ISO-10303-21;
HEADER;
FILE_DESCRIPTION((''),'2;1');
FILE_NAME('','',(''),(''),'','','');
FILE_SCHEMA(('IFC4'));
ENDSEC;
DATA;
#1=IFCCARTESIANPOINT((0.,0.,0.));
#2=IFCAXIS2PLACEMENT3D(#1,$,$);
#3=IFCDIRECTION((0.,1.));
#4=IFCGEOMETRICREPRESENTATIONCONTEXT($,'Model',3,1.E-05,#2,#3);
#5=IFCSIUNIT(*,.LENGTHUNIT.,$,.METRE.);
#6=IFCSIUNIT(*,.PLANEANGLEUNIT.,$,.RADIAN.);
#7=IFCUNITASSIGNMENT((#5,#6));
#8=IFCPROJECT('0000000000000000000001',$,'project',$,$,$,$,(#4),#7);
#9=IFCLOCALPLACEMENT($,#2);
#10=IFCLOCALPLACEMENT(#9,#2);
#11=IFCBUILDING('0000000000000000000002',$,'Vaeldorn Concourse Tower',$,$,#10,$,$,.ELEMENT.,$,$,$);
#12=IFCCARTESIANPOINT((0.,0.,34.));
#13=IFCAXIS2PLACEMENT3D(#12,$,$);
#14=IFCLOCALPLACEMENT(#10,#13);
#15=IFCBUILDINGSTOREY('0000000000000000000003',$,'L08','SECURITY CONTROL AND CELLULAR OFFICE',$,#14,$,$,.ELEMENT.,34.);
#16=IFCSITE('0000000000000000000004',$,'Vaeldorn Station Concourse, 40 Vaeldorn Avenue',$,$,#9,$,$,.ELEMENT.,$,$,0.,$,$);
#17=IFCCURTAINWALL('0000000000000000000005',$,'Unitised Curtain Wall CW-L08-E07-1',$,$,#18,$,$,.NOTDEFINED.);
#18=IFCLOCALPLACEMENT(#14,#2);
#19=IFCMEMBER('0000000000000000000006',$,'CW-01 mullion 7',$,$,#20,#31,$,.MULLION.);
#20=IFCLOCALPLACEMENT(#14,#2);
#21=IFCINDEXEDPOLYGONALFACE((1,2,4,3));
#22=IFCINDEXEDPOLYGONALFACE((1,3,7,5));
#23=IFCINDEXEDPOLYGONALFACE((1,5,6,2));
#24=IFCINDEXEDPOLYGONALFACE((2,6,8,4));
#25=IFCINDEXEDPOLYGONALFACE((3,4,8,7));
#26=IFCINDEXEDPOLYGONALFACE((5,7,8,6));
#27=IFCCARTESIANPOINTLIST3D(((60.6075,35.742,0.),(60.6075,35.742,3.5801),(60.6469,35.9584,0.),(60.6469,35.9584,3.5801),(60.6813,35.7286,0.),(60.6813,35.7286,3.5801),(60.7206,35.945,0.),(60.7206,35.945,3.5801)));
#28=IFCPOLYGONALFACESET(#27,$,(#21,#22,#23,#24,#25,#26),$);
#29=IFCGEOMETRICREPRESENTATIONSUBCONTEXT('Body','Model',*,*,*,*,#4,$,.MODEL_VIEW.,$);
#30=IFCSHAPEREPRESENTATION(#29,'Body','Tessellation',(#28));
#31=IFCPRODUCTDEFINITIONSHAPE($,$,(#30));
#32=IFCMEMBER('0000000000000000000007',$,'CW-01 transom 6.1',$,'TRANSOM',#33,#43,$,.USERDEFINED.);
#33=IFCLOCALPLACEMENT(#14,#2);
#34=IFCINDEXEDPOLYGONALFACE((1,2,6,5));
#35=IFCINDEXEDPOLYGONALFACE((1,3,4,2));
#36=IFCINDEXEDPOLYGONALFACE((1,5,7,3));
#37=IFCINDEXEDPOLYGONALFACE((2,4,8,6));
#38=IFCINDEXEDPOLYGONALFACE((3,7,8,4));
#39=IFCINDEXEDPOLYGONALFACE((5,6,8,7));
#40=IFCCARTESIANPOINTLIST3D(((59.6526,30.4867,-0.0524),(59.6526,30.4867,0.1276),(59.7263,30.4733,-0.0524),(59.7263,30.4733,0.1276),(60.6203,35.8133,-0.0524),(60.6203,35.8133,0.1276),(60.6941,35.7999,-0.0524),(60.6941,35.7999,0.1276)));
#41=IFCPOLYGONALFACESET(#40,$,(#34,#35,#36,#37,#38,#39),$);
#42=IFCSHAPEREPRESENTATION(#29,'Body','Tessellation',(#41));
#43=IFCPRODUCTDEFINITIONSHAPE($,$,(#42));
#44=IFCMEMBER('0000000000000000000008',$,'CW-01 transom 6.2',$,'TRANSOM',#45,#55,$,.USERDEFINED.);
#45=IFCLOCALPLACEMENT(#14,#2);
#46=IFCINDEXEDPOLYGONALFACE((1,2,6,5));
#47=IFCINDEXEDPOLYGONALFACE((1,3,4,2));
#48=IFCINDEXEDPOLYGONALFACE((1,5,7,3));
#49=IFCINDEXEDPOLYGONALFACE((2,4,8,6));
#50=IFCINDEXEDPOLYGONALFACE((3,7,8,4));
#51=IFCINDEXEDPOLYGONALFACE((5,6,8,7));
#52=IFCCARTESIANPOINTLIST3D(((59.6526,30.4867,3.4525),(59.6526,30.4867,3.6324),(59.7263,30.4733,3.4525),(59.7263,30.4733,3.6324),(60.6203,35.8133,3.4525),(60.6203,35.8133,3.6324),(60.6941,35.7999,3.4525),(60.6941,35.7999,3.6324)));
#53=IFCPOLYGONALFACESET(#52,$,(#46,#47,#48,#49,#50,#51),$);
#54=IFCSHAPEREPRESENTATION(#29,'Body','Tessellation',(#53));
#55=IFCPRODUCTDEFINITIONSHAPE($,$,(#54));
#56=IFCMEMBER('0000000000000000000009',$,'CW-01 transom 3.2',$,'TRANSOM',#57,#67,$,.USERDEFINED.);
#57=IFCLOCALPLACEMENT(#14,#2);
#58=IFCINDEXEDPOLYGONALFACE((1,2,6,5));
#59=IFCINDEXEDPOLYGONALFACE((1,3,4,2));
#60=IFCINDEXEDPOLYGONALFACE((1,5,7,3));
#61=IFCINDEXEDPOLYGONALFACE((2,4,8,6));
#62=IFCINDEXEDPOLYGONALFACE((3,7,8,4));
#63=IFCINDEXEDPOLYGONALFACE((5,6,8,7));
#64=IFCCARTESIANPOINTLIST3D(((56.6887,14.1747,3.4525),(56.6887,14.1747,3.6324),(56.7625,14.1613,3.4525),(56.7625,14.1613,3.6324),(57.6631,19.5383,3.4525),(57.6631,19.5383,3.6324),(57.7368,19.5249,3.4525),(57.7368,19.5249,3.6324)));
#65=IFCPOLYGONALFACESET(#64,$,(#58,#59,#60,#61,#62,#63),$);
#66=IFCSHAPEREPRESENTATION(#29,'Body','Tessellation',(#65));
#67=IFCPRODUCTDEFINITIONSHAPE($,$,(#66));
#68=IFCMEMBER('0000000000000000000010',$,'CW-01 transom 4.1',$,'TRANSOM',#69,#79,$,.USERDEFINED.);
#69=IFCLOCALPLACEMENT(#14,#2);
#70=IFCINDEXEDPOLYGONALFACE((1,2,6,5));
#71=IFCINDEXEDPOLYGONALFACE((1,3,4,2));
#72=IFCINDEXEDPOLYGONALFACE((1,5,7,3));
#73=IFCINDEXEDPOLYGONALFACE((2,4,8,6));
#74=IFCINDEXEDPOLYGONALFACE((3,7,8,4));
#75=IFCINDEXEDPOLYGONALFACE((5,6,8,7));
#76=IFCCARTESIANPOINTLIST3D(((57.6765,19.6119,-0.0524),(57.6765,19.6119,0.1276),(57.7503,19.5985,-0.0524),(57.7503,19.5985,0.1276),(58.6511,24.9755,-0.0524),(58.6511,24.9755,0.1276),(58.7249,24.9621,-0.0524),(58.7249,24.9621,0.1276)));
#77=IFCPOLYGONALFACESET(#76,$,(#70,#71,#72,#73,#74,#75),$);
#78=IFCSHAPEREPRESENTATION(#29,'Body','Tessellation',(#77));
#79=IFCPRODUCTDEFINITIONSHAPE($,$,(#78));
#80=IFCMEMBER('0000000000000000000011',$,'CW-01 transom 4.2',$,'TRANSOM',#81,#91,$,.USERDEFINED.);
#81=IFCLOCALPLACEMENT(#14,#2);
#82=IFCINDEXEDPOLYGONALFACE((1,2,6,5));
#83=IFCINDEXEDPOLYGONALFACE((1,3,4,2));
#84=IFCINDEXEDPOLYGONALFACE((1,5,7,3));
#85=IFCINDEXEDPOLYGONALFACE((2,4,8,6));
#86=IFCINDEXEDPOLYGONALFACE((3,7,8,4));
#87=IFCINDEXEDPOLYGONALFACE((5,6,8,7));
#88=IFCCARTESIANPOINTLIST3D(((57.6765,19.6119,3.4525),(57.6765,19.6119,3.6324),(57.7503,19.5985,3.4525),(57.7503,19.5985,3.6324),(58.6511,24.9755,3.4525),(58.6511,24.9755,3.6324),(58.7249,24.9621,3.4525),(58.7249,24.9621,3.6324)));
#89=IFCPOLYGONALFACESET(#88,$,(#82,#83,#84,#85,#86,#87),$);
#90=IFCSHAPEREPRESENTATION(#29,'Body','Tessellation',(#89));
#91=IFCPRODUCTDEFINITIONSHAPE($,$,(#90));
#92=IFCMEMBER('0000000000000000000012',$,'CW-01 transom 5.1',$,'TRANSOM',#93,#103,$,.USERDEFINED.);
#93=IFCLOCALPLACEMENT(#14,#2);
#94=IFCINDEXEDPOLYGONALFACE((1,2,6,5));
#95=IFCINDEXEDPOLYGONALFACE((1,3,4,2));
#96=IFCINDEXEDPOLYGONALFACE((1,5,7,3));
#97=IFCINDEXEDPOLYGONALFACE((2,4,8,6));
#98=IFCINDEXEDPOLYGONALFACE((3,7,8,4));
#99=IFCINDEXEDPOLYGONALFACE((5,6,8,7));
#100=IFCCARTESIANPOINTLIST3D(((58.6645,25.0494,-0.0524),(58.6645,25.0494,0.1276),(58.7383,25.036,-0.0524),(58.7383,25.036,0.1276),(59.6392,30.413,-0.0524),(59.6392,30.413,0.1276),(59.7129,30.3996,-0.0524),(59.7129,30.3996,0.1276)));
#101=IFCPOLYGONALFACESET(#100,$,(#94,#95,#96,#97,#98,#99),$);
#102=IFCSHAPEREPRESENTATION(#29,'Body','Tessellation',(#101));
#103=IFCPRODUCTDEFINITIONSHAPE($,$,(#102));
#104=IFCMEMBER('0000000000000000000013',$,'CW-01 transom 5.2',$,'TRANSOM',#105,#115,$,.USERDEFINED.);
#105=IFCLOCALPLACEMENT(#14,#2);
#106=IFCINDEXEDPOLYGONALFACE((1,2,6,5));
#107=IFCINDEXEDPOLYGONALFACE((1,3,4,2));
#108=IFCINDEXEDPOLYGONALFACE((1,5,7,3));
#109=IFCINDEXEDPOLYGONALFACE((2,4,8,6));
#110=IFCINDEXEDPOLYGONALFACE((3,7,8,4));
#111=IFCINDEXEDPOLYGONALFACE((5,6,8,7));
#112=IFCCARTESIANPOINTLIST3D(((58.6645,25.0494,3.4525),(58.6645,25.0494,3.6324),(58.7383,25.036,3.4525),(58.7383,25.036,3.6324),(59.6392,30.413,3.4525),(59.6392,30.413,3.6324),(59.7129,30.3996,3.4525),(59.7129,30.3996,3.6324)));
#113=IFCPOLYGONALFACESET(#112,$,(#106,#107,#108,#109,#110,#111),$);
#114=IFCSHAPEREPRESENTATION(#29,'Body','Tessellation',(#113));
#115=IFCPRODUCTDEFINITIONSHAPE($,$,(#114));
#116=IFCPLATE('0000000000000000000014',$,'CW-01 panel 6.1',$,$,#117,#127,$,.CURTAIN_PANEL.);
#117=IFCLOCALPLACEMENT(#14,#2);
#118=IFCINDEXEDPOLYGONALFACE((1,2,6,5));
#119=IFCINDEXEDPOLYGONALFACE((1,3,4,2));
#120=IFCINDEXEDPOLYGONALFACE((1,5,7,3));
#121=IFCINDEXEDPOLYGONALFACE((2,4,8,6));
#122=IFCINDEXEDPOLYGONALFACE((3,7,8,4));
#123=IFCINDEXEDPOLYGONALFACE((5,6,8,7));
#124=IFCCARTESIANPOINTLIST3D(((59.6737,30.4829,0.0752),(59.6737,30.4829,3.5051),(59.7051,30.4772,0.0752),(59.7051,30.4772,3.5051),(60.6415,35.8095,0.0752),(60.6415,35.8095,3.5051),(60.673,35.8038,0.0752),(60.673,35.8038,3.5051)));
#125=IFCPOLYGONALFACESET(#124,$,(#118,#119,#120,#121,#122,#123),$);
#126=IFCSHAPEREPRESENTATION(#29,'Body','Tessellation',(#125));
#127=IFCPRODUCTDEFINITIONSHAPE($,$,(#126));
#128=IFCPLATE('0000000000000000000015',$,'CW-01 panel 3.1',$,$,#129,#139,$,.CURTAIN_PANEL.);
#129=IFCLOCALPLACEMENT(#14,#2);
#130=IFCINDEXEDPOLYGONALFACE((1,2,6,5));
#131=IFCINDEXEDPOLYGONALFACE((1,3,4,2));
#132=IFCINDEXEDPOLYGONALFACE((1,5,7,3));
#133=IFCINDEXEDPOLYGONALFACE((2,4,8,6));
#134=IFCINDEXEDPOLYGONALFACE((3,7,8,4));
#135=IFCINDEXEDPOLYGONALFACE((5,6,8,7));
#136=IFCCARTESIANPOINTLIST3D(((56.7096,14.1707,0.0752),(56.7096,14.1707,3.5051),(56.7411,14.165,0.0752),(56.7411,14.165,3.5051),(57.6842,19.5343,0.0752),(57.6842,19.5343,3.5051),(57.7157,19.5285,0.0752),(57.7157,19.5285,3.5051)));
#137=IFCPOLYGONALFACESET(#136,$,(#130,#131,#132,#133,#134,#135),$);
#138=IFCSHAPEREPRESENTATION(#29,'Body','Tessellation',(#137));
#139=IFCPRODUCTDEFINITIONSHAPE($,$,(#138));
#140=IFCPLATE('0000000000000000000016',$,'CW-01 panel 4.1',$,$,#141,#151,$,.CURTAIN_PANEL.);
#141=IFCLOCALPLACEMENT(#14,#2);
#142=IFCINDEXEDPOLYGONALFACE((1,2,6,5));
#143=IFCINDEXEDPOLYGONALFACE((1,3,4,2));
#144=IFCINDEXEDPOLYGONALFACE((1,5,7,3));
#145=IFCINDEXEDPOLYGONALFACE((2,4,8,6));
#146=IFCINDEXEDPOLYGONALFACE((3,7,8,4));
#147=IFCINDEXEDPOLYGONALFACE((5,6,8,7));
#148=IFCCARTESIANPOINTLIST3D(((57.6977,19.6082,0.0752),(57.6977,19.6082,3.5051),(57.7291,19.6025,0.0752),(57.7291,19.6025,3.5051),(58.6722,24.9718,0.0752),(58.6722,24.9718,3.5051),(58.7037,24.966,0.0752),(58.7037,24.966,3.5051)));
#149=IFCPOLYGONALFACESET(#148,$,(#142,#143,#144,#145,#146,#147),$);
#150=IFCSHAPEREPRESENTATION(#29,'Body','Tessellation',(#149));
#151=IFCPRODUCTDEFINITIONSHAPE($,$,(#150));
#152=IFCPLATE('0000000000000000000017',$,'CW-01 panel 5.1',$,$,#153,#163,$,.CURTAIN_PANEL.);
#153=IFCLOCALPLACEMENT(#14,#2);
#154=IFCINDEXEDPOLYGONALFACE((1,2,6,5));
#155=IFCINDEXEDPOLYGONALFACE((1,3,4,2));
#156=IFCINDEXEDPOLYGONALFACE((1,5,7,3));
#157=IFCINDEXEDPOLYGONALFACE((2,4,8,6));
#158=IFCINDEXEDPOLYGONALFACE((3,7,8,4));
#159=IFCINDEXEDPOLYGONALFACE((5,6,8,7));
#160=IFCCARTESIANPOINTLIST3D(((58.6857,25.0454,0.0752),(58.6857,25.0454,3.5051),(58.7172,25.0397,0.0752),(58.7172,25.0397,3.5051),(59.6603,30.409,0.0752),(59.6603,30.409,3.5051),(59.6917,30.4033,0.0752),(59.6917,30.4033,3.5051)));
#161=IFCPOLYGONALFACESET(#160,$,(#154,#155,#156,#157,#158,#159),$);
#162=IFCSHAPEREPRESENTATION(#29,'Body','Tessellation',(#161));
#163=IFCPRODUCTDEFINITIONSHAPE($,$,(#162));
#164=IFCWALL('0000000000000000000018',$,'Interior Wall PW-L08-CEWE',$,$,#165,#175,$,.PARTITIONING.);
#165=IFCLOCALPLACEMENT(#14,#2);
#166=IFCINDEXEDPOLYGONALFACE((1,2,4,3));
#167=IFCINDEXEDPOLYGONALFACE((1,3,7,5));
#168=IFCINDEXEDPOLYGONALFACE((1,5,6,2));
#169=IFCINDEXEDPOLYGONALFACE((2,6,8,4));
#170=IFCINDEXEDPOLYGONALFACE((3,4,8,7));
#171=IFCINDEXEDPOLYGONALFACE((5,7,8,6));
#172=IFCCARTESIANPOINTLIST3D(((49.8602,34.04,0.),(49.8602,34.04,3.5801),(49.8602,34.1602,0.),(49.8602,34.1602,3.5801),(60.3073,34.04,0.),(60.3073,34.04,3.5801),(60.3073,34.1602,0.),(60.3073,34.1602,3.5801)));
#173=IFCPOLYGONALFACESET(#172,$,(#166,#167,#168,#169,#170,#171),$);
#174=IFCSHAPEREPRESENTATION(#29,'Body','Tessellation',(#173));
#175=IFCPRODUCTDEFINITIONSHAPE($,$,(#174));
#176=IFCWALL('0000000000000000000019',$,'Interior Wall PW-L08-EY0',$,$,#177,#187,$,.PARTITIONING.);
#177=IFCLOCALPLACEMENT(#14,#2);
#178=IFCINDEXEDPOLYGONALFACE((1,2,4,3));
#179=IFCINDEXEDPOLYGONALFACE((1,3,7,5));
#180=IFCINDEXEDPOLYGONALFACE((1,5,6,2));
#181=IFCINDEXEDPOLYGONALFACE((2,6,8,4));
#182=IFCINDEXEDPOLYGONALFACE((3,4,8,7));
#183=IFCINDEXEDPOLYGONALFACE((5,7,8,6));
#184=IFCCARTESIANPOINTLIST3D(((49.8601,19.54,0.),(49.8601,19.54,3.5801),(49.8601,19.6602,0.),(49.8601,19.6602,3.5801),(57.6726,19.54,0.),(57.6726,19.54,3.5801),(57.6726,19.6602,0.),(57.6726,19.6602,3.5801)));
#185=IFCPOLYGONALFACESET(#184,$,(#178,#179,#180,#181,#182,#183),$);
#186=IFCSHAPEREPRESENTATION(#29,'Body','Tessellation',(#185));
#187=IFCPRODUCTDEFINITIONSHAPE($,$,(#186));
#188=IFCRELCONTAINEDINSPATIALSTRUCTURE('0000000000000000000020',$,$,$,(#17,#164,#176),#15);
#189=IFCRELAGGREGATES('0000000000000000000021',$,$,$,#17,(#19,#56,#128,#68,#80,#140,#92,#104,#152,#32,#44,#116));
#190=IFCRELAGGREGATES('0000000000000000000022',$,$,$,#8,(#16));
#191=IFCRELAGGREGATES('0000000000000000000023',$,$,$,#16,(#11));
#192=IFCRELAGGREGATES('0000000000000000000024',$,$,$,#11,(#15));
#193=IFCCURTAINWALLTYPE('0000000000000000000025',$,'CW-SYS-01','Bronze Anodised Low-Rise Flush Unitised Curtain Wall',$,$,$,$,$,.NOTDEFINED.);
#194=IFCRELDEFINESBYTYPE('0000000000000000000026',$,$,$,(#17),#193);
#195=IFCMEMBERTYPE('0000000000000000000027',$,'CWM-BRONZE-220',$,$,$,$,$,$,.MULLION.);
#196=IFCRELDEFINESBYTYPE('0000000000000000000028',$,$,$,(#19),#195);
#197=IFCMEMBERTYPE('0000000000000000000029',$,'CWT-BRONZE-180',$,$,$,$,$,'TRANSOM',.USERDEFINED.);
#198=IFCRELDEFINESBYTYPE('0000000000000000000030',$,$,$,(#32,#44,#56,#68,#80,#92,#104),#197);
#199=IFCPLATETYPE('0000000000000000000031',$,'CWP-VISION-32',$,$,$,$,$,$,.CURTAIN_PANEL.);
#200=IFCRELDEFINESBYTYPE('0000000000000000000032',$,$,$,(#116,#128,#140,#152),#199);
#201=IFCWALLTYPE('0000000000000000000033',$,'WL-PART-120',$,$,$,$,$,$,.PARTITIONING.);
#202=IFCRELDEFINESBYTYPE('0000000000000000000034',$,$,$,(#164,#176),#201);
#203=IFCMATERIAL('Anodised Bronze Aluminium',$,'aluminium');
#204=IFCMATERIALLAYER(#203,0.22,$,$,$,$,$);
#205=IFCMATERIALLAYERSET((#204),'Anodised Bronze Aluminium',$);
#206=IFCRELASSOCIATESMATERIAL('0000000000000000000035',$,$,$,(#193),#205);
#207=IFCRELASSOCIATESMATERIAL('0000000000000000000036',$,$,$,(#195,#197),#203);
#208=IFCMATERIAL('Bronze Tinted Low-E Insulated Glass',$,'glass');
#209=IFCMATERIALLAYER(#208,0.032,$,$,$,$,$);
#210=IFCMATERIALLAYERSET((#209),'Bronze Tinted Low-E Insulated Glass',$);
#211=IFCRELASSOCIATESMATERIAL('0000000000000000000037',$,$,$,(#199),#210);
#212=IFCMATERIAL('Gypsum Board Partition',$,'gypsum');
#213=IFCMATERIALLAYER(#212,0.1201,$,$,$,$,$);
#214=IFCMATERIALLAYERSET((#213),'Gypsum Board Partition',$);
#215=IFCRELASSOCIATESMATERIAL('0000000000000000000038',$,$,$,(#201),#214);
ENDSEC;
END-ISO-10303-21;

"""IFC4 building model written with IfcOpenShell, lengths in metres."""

from ifc_helpers import new_model, si_unit, direction, frame, frame_2d, origin, origin_2d, place, context, subcontext, project, spatial, rectangle, extrude, source, transform, mapped, material, layer, layer_set, material_profile, profile_set, type_object, element, aggregate, save


model = new_model("IFC4")

# Units and contexts
model_context = context("Model", 3, precision=1e-05, world=origin(), true_north=direction((0.0, 1.0)))
body_context = subcontext(model_context, "Body", "Model", "MODEL_VIEW")
ifc_project = project(units=[si_unit("LENGTHUNIT", "METRE"), si_unit("PLANEANGLEUNIT", "RADIAN")], contexts=[model_context])

# Site, building, storey
site_placement = place(None, origin())
site = spatial("IfcSite", under=ifc_project, at=site_placement, Name="Vaeldorn Station Concourse, 40 Vaeldorn Avenue", CompositionType="ELEMENT", RefElevation=0.0)
building_placement = place(site_placement, origin())
building = spatial("IfcBuilding", under=site, at=building_placement, Name="Vaeldorn Concourse Tower", CompositionType="ELEMENT")
storey_placement = place(building_placement, frame((0.0, 0.0, 34.0)))
storey = spatial("IfcBuildingStorey", under=building, at=storey_placement, Name="L08", Description="SECURITY CONTROL AND CELLULAR OFFICE", CompositionType="ELEMENT", Elevation=34.0)

# Curtain wall, members, plates
ifc_material_1 = material(Name="Anodised Bronze Aluminium", Category="aluminium")
ifc_layer_1 = layer(ifc_material_1, 0.22)
ifc_layer_set_1 = layer_set([ifc_layer_1], Name="Anodised Bronze Aluminium")
curtain_wall_type = type_object("IfcCurtainWallType", Name="CW-SYS-01", Description="Bronze Anodised Low-Rise Flush Unitised Curtain Wall", PredefinedType="NOTDEFINED", material=ifc_layer_set_1)
curtain_wall_placement = place(storey_placement, origin())
curtain_wall = element("IfcCurtainWall", 1, at=curtain_wall_placement, inside=storey, type_object=curtain_wall_type, Name="Unitised Curtain Wall CW-L08-E07-1", PredefinedType="NOTDEFINED")
ifc_material_profile_1 = material_profile(ifc_material_1, rectangle(XDim=0.075, YDim=0.22, at=origin_2d()), Name="CWM 75x220")
ifc_profile_set_1 = profile_set([ifc_material_profile_1], Name="Anodised Bronze Aluminium")
member_type_1 = type_object("IfcMemberType", Name="CWM-BRONZE-220", PredefinedType="MULLION", material=ifc_profile_set_1)
shared_shape_1 = source(origin(), body_context, "Body", "SweptSolid", [
    extrude(rectangle(XDim=0.075, YDim=0.22, at=origin_2d()), origin(), (0.0, 0.0, 1.0), 3.5801),
])
member_1_placement = place(storey_placement, frame((60.6641, 35.8435, 0.0), z_axis=(0.0, 0.0, 1.0), x_axis=(-0.98389, 0.178775, 0.0)))
member_1 = element("IfcMember", 2, at=member_1_placement, type_object=member_type_1, Name="CW-01 mullion 7", PredefinedType="MULLION", context=body_context, shape_type="MappedRepresentation", body=[
    mapped(shared_shape_1, transform((0.0, 0.0, 0.0), scale=1.0)),
])
ifc_material_profile_2 = material_profile(ifc_material_1, rectangle(XDim=0.075, YDim=0.1799, at=origin_2d()), Name="CWT 75x180")
ifc_profile_set_2 = profile_set([ifc_material_profile_2], Name="Anodised Bronze Aluminium")
member_type_2 = type_object("IfcMemberType", Name="CWT-BRONZE-180", ElementType="TRANSOM", PredefinedType="USERDEFINED", material=ifc_profile_set_2)
shared_shape_2 = source(origin(), body_context, "Body", "SweptSolid", [
    extrude(rectangle(XDim=0.075, YDim=0.1799, at=origin_2d()), origin(), (0.0, 0.0, 1.0), 5.4138),
])
member_2_placement = place(storey_placement, frame((59.6895, 30.48, 0.0376), z_axis=(0.178758, 0.983893, 0.0), x_axis=(-0.983893, 0.178758, 0.0)))
member_2 = element("IfcMember", 3, at=member_2_placement, type_object=member_type_2, Name="CW-01 transom 6.1", ObjectType="TRANSOM", PredefinedType="USERDEFINED", context=body_context, shape_type="MappedRepresentation", body=[
    mapped(shared_shape_2, transform((0.0, 0.0, 0.0), scale=1.0)),
])
member_3_placement = place(storey_placement, frame((59.6895, 30.48, 3.5425), z_axis=(0.178758, 0.983893, 0.0), x_axis=(-0.983893, 0.178758, 0.0)))
member_3 = element("IfcMember", 4, at=member_3_placement, type_object=member_type_2, Name="CW-01 transom 6.2", ObjectType="TRANSOM", PredefinedType="USERDEFINED", context=body_context, shape_type="MappedRepresentation", body=[
    mapped(shared_shape_2, transform((0.0, 0.0, 0.0), scale=1.0)),
])
shared_shape_3 = source(origin(), body_context, "Body", "SweptSolid", [
    extrude(rectangle(XDim=0.075, YDim=0.1799, at=origin_2d()), origin(), (0.0, 0.0, 1.0), 5.4514),
])
member_4_placement = place(storey_placement, frame((56.7256, 14.168, 3.5425), z_axis=(0.17874, 0.983896, 0.0), x_axis=(-0.983896, 0.17874, 0.0)))
member_4 = element("IfcMember", 5, at=member_4_placement, type_object=member_type_2, Name="CW-01 transom 3.2", ObjectType="TRANSOM", PredefinedType="USERDEFINED", context=body_context, shape_type="MappedRepresentation", body=[
    mapped(shared_shape_3, transform((0.0, 0.0, 0.0), scale=1.0)),
])
member_5_placement = place(storey_placement, frame((57.7134, 19.6052, 0.0376), z_axis=(0.178783, 0.983889, 0.0), x_axis=(-0.983889, 0.178783, 0.0)))
member_5 = element("IfcMember", 6, at=member_5_placement, type_object=member_type_2, Name="CW-01 transom 4.1", ObjectType="TRANSOM", PredefinedType="USERDEFINED", context=body_context, shape_type="MappedRepresentation", body=[
    mapped(shared_shape_3, transform((0.0, 0.0, 0.0), scale=1.0)),
])
member_6_placement = place(storey_placement, frame((57.7134, 19.6052, 3.5425), z_axis=(0.178783, 0.983889, 0.0), x_axis=(-0.983889, 0.178783, 0.0)))
member_6 = element("IfcMember", 7, at=member_6_placement, type_object=member_type_2, Name="CW-01 transom 4.2", ObjectType="TRANSOM", PredefinedType="USERDEFINED", context=body_context, shape_type="MappedRepresentation", body=[
    mapped(shared_shape_3, transform((0.0, 0.0, 0.0), scale=1.0)),
])
member_7_placement = place(storey_placement, frame((58.7014, 25.0427, 0.0376), z_axis=(0.178783, 0.983889, 0.0), x_axis=(-0.983889, 0.178783, 0.0)))
member_7 = element("IfcMember", 8, at=member_7_placement, type_object=member_type_2, Name="CW-01 transom 5.1", ObjectType="TRANSOM", PredefinedType="USERDEFINED", context=body_context, shape_type="MappedRepresentation", body=[
    mapped(shared_shape_3, transform((0.0, 0.0, 0.0), scale=1.0)),
])
member_8_placement = place(storey_placement, frame((58.7014, 25.0427, 3.5425), z_axis=(0.178783, 0.983889, 0.0), x_axis=(-0.983889, 0.178783, 0.0)))
member_8 = element("IfcMember", 9, at=member_8_placement, type_object=member_type_2, Name="CW-01 transom 5.2", ObjectType="TRANSOM", PredefinedType="USERDEFINED", context=body_context, shape_type="MappedRepresentation", body=[
    mapped(shared_shape_3, transform((0.0, 0.0, 0.0), scale=1.0)),
])
ifc_material_2 = material(Name="Bronze Tinted Low-E Insulated Glass", Category="glass")
ifc_layer_2 = layer(ifc_material_2, 0.032)
ifc_layer_set_2 = layer_set([ifc_layer_2], Name="Bronze Tinted Low-E Insulated Glass")
plate_type = type_object("IfcPlateType", Name="CWP-VISION-32", PredefinedType="CURTAIN_PANEL", material=ifc_layer_set_2)
shared_shape_4 = source(origin(), body_context, "Body", "SweptSolid", [
    extrude(rectangle(XDim=5.4138, YDim=0.032, at=origin_2d()), origin(), (0.0, 0.0, 1.0), 3.4299),
])
plate_1_placement = place(storey_placement, frame((60.1733, 33.1433, 0.0752), z_axis=(0.0, 0.0, 1.0), x_axis=(0.178775, 0.98389, 0.0)))
plate_1 = element("IfcPlate", 10, at=plate_1_placement, type_object=plate_type, Name="CW-01 panel 6.1", PredefinedType="CURTAIN_PANEL", context=body_context, shape_type="MappedRepresentation", body=[
    mapped(shared_shape_4, transform((0.0, 0.0, 0.0), scale=1.0)),
])
shared_shape_5 = source(origin(), body_context, "Body", "SweptSolid", [
    extrude(rectangle(XDim=5.4514, YDim=0.032, at=origin_2d()), origin(), (0.0, 0.0, 1.0), 3.4299),
])
plate_2_placement = place(storey_placement, frame((57.2126, 16.8496, 0.0752), z_axis=(0.0, 0.0, 1.0), x_axis=(0.178775, 0.98389, 0.0)))
plate_2 = element("IfcPlate", 11, at=plate_2_placement, type_object=plate_type, Name="CW-01 panel 3.1", PredefinedType="CURTAIN_PANEL", context=body_context, shape_type="MappedRepresentation", body=[
    mapped(shared_shape_5, transform((0.0, 0.0, 0.0), scale=1.0)),
])
plate_3_placement = place(storey_placement, frame((58.2007, 22.2871, 0.0752), z_axis=(0.0, 0.0, 1.0), x_axis=(0.178775, 0.98389, 0.0)))
plate_3 = element("IfcPlate", 12, at=plate_3_placement, type_object=plate_type, Name="CW-01 panel 4.1", PredefinedType="CURTAIN_PANEL", context=body_context, shape_type="MappedRepresentation", body=[
    mapped(shared_shape_5, transform((0.0, 0.0, 0.0), scale=1.0)),
])
plate_4_placement = place(storey_placement, frame((59.1887, 27.7244, 0.0752), z_axis=(0.0, 0.0, 1.0), x_axis=(0.178775, 0.98389, 0.0)))
plate_4 = element("IfcPlate", 13, at=plate_4_placement, type_object=plate_type, Name="CW-01 panel 5.1", PredefinedType="CURTAIN_PANEL", context=body_context, shape_type="MappedRepresentation", body=[
    mapped(shared_shape_5, transform((0.0, 0.0, 0.0), scale=1.0)),
])
aggregate(curtain_wall, [member_1, member_4, plate_2, member_5, member_6, plate_3, member_7, member_8, plate_4, member_2, member_3, plate_1])

# Wall
ifc_material_3 = material(Name="Gypsum Board Partition", Category="gypsum")
ifc_layer_3 = layer(ifc_material_3, 0.1201)
ifc_layer_set_3 = layer_set([ifc_layer_3], Name="Gypsum Board Partition")
wall_type = type_object("IfcWallType", Name="WL-PART-120", PredefinedType="PARTITIONING", material=ifc_layer_set_3)
wall_1_placement = place(storey_placement, frame((49.8601, 34.1001, 0.0), z_axis=(0.0, 0.0, 1.0), x_axis=(1.0, 0.0, 0.0)))
element("IfcWall", 14, at=wall_1_placement, inside=storey, type_object=wall_type, Name="Interior Wall PW-L08-CEWE", PredefinedType="PARTITIONING", context=body_context, shape_type="SweptSolid", body=[
    extrude(rectangle(XDim=10.447, YDim=0.1201, at=frame_2d((5.2236, 0.0))), origin(), (0.0, 0.0, 1.0), 3.5801),
])

# Wall
wall_2_placement = place(storey_placement, frame((49.8601, 19.6001, 0.0), z_axis=(0.0, 0.0, 1.0), x_axis=(1.0, 0.0, 0.0)))
element("IfcWall", 15, at=wall_2_placement, inside=storey, type_object=wall_type, Name="Interior Wall PW-L08-EY0", PredefinedType="PARTITIONING", context=body_context, shape_type="SweptSolid", body=[
    extrude(rectangle(XDim=7.8125, YDim=0.1201, at=frame_2d((3.9062, 0.0))), origin(), (0.0, 0.0, 1.0), 3.5801),
])

save(model, "model.ifc")
